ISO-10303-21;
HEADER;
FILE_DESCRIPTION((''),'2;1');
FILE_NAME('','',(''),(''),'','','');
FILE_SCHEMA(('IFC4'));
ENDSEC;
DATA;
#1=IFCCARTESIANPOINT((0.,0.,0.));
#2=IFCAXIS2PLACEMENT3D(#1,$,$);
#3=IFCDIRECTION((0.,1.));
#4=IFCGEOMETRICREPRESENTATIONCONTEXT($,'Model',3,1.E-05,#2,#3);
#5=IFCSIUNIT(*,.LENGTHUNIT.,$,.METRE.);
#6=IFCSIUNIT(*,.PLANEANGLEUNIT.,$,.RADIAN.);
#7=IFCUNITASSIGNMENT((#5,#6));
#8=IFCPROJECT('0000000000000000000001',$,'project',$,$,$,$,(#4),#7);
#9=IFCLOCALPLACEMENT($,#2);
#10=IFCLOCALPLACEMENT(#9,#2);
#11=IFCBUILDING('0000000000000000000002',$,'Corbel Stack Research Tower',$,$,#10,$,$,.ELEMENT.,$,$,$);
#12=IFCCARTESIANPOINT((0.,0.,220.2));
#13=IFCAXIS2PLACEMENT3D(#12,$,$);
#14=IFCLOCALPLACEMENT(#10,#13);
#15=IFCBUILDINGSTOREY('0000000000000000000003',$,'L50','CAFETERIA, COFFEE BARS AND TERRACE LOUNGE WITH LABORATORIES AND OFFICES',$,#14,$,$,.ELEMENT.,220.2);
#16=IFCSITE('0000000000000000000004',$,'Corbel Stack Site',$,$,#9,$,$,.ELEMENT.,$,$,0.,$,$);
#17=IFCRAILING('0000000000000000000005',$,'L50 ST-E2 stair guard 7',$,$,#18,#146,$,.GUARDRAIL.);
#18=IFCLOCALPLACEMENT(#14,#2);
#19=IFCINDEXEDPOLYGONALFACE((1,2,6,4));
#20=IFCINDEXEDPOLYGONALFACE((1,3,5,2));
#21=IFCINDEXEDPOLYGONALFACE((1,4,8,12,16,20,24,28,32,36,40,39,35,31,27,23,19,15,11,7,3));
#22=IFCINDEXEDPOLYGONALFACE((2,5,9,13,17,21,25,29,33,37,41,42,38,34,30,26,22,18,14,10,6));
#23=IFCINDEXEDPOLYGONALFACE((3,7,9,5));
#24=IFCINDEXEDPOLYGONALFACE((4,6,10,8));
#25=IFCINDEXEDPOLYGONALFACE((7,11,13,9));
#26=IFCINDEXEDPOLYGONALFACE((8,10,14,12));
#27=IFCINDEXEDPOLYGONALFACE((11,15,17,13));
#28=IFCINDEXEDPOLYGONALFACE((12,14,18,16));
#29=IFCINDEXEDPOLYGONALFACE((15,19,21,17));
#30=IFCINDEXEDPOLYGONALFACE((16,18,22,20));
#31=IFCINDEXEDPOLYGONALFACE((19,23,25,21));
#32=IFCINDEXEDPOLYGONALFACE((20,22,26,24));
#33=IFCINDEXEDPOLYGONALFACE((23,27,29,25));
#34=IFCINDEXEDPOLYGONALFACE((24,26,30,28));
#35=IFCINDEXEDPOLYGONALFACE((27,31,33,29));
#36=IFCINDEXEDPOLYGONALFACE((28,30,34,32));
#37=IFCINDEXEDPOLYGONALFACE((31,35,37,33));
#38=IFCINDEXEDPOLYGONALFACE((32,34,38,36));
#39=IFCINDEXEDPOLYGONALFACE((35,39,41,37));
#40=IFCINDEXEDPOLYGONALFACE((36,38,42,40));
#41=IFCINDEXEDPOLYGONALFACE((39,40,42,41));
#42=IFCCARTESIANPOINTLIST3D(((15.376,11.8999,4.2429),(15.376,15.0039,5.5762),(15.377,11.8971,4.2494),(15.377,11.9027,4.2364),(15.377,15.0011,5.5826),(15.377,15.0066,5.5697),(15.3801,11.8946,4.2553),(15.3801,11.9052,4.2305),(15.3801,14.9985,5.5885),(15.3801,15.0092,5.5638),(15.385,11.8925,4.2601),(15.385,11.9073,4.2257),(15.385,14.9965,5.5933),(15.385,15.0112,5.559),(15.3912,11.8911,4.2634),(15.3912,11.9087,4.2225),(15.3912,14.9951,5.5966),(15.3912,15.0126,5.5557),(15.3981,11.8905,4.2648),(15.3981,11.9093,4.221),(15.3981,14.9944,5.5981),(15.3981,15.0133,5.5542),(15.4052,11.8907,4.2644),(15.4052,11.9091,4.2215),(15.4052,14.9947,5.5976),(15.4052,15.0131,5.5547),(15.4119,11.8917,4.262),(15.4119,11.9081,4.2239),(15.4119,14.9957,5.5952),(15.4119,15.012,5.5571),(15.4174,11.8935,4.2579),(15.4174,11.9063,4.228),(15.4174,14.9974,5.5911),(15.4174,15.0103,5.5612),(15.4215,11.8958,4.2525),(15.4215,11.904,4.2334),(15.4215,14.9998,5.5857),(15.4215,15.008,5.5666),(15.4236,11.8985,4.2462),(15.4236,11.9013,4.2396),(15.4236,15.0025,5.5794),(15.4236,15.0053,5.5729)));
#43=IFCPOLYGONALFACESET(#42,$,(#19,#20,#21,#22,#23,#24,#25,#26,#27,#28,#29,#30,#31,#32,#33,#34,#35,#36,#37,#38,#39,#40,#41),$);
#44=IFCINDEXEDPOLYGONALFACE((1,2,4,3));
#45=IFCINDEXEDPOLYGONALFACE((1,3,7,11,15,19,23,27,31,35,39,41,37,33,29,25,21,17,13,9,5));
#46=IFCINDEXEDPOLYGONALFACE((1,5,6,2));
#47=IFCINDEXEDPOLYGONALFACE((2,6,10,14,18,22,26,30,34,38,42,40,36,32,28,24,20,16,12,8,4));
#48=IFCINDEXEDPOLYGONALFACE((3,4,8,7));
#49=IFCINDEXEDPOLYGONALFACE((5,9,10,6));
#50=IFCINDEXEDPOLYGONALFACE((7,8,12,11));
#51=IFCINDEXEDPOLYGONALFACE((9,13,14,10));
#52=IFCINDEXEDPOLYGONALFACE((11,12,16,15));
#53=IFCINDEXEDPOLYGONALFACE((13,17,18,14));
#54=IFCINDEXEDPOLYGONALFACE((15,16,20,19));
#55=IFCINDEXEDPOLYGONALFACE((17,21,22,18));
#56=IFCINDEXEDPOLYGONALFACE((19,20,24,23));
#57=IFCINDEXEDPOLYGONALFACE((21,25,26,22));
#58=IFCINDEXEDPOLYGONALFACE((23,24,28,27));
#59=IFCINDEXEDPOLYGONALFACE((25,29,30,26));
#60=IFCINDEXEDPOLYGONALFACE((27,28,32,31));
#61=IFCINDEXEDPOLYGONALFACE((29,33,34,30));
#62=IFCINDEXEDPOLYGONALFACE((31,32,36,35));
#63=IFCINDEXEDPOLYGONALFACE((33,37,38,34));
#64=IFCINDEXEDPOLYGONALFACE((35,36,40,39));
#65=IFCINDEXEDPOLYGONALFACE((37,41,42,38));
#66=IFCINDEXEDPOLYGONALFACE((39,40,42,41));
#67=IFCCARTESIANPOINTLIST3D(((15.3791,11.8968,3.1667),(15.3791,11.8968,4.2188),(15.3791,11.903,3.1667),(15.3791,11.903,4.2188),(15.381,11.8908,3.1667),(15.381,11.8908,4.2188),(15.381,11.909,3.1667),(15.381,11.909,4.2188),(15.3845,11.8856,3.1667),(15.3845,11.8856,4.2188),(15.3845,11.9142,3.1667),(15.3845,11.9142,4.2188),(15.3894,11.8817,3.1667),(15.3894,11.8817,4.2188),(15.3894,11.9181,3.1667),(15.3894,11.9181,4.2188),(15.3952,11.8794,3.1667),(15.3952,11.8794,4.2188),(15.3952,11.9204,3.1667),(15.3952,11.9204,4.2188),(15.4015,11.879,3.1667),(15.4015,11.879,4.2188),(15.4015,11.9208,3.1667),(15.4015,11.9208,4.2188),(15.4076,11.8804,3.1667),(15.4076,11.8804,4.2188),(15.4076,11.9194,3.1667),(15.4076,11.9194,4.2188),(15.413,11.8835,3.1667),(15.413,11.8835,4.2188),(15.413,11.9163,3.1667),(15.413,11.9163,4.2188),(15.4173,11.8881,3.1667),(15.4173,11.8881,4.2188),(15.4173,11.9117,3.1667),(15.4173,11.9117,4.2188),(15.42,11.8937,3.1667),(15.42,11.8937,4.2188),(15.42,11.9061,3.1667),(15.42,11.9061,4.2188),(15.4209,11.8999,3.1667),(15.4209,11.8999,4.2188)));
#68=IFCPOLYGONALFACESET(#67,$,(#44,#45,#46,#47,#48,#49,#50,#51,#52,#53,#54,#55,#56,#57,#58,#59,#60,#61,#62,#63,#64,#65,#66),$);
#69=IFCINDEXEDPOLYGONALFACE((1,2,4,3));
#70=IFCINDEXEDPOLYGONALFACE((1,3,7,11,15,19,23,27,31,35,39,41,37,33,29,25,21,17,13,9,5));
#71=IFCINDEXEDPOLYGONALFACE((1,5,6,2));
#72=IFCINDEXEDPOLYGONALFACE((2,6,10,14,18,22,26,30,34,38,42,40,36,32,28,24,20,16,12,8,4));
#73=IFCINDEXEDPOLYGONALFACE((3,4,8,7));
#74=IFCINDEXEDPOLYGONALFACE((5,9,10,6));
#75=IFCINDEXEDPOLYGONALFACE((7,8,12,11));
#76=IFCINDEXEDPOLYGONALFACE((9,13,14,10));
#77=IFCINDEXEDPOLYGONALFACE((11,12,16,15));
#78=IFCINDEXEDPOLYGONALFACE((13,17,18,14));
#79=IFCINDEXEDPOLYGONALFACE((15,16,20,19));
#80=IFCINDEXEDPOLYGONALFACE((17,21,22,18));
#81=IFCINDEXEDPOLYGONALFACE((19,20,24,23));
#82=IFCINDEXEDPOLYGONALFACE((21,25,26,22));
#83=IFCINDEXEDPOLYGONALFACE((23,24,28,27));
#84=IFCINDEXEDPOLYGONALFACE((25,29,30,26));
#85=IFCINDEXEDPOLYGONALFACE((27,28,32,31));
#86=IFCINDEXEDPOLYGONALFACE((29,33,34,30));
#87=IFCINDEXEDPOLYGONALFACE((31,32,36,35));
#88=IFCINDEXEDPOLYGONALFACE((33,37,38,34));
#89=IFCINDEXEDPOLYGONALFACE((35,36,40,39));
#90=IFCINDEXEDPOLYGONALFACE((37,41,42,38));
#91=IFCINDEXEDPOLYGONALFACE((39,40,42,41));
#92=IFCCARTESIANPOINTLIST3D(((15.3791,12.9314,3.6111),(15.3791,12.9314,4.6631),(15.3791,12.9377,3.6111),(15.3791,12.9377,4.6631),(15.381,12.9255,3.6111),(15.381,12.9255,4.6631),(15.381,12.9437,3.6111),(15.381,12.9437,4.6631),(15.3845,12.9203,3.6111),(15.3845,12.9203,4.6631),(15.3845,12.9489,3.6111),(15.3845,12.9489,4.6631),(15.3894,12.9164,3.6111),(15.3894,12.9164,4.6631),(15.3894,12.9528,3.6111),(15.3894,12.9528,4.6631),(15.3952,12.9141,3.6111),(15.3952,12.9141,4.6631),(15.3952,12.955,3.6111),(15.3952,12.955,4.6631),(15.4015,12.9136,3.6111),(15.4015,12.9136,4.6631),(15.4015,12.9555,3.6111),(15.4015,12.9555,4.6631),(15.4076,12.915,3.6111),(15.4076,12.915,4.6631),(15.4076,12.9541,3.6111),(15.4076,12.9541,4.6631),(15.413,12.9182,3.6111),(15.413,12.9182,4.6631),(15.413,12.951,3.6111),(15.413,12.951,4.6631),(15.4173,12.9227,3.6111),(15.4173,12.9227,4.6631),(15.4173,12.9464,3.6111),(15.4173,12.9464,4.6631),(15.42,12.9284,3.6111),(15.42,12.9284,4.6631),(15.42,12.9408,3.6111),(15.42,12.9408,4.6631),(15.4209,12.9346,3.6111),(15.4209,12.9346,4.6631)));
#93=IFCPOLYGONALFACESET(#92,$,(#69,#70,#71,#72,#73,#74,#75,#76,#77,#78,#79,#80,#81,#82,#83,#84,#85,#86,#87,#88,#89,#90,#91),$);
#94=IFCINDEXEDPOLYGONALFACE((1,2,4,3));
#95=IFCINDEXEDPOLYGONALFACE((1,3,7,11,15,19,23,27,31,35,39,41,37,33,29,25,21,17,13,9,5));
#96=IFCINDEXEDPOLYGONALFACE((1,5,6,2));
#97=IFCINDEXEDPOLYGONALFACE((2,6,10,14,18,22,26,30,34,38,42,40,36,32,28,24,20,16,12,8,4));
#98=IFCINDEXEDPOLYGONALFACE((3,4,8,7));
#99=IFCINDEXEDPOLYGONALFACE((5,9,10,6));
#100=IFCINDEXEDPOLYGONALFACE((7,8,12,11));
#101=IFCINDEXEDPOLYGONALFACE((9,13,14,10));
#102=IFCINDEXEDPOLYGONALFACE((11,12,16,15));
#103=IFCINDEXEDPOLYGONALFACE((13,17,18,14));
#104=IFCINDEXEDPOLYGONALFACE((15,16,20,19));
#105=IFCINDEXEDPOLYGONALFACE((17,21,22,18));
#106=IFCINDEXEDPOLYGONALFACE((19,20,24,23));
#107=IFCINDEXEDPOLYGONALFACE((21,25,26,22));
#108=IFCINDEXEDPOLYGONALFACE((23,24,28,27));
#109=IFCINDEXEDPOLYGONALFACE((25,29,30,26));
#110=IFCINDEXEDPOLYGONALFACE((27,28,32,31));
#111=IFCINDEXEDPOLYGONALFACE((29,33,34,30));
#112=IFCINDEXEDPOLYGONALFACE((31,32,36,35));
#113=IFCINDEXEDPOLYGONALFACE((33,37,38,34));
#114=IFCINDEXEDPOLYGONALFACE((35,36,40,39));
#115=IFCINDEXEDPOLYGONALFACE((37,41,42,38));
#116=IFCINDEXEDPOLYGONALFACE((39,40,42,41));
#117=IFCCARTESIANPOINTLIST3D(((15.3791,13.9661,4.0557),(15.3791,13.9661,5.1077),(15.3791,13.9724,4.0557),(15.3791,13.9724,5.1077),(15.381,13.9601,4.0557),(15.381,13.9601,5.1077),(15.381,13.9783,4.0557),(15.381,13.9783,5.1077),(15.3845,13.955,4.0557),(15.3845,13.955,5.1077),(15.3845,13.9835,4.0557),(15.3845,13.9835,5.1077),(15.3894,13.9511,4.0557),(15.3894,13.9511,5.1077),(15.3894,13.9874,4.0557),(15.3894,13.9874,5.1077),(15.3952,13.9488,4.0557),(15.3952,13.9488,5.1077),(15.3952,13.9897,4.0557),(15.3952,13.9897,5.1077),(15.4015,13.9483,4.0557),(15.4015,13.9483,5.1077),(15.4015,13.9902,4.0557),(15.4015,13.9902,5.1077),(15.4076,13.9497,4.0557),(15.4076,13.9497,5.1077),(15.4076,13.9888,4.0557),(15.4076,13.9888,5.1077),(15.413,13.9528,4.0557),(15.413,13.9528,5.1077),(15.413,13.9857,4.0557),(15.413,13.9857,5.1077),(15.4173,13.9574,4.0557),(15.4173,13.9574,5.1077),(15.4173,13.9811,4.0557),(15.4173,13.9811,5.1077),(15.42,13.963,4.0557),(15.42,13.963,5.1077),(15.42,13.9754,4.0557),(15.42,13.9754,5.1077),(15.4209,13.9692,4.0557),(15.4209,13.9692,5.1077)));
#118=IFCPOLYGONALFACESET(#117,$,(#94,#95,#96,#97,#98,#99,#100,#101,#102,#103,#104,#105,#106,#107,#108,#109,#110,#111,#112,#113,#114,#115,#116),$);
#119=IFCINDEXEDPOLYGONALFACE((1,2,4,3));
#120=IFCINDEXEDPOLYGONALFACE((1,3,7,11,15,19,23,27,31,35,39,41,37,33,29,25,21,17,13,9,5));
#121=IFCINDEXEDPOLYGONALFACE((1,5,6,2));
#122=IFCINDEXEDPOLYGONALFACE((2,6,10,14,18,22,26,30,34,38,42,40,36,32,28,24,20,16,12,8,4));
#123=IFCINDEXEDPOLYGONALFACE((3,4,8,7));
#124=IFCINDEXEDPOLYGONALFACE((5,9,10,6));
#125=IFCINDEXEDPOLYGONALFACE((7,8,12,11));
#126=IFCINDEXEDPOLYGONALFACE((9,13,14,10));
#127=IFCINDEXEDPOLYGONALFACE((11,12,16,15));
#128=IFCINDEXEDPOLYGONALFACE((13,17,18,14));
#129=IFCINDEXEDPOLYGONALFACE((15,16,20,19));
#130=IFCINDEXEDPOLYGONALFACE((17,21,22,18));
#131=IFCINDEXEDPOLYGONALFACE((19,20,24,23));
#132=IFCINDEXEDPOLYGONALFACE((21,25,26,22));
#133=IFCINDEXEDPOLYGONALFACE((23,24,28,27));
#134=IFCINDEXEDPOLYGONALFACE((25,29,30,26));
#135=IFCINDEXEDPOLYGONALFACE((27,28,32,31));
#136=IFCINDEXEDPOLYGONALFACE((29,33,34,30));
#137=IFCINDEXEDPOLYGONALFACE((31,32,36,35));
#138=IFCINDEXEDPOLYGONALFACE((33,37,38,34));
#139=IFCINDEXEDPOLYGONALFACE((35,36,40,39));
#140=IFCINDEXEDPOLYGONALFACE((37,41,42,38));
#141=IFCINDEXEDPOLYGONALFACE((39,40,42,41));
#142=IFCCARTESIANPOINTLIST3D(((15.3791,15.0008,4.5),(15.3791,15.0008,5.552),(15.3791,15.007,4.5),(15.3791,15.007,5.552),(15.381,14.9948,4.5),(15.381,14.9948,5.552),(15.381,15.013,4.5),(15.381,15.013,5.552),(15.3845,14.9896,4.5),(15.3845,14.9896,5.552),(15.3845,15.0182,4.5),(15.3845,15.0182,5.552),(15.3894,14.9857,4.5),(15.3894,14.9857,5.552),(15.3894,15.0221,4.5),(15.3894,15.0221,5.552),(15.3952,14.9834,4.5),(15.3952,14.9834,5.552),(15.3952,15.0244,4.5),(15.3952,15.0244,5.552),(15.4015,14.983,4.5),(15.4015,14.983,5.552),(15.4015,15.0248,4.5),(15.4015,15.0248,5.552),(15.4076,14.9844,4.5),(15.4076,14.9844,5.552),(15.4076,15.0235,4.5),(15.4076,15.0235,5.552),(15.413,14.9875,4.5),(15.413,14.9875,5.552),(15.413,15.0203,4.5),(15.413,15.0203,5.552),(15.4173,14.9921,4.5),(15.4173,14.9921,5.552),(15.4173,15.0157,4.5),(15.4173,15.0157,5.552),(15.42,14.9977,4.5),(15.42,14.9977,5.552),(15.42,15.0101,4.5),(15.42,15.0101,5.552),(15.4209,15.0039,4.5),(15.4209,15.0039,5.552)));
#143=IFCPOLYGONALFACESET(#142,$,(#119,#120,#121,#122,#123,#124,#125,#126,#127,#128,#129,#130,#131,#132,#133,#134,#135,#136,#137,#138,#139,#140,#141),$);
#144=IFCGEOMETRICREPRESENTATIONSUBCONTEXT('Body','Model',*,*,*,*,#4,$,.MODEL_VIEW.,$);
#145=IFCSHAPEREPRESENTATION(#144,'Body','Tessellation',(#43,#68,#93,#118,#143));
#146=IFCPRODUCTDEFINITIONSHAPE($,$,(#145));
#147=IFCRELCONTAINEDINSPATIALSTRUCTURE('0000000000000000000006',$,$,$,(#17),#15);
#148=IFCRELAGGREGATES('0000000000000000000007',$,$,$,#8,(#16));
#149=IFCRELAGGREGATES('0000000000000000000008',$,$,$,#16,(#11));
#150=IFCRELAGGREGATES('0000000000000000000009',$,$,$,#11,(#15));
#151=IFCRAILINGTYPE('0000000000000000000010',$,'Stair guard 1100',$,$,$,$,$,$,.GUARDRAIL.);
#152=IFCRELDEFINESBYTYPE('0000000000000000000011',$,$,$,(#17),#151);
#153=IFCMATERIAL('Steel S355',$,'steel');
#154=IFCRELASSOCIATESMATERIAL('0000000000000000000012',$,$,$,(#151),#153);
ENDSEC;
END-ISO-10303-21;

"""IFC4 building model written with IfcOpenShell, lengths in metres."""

from ifc_helpers import new_model, si_unit, direction, frame, origin, origin_2d, place, context, subcontext, project, spatial, circle, extrude, material, type_object, element, save


model = new_model("IFC4")

# Units and contexts
model_context = context("Model", 3, precision=1e-05, world=origin(), true_north=direction((0.0, 1.0)))
body_context = subcontext(model_context, "Body", "Model", "MODEL_VIEW")
ifc_project = project(units=[si_unit("LENGTHUNIT", "METRE"), si_unit("PLANEANGLEUNIT", "RADIAN")], contexts=[model_context])

# Site, building, storey
site_placement = place(None, origin())
site = spatial("IfcSite", under=ifc_project, at=site_placement, Name="Corbel Stack Site", CompositionType="ELEMENT", RefElevation=0.0)
building_placement = place(site_placement, origin())
building = spatial("IfcBuilding", under=site, at=building_placement, Name="Corbel Stack Research Tower", CompositionType="ELEMENT")
storey_placement = place(building_placement, frame((0.0, 0.0, 220.2)))
storey = spatial("IfcBuildingStorey", under=building, at=storey_placement, Name="L50", Description="CAFETERIA, COFFEE BARS AND TERRACE LOUNGE WITH LABORATORIES AND OFFICES", CompositionType="ELEMENT", Elevation=220.2)

# Railing
ifc_material_1 = material(Name="Steel S355", Category="steel")
railing_type_1 = type_object("IfcRailingType", Name="Stair guard 1100", PredefinedType="GUARDRAIL", material=ifc_material_1)
railing_1_placement = place(storey_placement, frame((15.3999, 11.8999, 3.1667)))
element("IfcRailing", 1, at=railing_1_placement, inside=storey, type_object=railing_type_1, Name="L50 ST-E2 stair guard 7", PredefinedType="GUARDRAIL", context=body_context, shape_type="SweptSolid", body=[
    extrude(circle(Radius=0.0239, at=origin_2d()), frame((0.0, 0.0, 1.0762), z_axis=(0.0, 0.918827, 0.394661), x_axis=(-1.0, 0.0, 0.0)), (0.0, 0.0, 1.0), 3.3782),
    extrude(circle(Radius=0.021, at=origin_2d()), origin(), (0.0, 0.0, 1.0), 1.052),
    extrude(circle(Radius=0.021, at=origin_2d()), frame((0.0, 1.0347, 0.4443)), (0.0, 0.0, 1.0), 1.052),
    extrude(circle(Radius=0.021, at=origin_2d()), frame((0.0, 2.0693, 0.8889)), (0.0, 0.0, 1.0), 1.052),
    extrude(circle(Radius=0.021, at=origin_2d()), frame((0.0, 3.104, 1.3333)), (0.0, 0.0, 1.0), 1.052),
])

save(model, "model.ifc")
